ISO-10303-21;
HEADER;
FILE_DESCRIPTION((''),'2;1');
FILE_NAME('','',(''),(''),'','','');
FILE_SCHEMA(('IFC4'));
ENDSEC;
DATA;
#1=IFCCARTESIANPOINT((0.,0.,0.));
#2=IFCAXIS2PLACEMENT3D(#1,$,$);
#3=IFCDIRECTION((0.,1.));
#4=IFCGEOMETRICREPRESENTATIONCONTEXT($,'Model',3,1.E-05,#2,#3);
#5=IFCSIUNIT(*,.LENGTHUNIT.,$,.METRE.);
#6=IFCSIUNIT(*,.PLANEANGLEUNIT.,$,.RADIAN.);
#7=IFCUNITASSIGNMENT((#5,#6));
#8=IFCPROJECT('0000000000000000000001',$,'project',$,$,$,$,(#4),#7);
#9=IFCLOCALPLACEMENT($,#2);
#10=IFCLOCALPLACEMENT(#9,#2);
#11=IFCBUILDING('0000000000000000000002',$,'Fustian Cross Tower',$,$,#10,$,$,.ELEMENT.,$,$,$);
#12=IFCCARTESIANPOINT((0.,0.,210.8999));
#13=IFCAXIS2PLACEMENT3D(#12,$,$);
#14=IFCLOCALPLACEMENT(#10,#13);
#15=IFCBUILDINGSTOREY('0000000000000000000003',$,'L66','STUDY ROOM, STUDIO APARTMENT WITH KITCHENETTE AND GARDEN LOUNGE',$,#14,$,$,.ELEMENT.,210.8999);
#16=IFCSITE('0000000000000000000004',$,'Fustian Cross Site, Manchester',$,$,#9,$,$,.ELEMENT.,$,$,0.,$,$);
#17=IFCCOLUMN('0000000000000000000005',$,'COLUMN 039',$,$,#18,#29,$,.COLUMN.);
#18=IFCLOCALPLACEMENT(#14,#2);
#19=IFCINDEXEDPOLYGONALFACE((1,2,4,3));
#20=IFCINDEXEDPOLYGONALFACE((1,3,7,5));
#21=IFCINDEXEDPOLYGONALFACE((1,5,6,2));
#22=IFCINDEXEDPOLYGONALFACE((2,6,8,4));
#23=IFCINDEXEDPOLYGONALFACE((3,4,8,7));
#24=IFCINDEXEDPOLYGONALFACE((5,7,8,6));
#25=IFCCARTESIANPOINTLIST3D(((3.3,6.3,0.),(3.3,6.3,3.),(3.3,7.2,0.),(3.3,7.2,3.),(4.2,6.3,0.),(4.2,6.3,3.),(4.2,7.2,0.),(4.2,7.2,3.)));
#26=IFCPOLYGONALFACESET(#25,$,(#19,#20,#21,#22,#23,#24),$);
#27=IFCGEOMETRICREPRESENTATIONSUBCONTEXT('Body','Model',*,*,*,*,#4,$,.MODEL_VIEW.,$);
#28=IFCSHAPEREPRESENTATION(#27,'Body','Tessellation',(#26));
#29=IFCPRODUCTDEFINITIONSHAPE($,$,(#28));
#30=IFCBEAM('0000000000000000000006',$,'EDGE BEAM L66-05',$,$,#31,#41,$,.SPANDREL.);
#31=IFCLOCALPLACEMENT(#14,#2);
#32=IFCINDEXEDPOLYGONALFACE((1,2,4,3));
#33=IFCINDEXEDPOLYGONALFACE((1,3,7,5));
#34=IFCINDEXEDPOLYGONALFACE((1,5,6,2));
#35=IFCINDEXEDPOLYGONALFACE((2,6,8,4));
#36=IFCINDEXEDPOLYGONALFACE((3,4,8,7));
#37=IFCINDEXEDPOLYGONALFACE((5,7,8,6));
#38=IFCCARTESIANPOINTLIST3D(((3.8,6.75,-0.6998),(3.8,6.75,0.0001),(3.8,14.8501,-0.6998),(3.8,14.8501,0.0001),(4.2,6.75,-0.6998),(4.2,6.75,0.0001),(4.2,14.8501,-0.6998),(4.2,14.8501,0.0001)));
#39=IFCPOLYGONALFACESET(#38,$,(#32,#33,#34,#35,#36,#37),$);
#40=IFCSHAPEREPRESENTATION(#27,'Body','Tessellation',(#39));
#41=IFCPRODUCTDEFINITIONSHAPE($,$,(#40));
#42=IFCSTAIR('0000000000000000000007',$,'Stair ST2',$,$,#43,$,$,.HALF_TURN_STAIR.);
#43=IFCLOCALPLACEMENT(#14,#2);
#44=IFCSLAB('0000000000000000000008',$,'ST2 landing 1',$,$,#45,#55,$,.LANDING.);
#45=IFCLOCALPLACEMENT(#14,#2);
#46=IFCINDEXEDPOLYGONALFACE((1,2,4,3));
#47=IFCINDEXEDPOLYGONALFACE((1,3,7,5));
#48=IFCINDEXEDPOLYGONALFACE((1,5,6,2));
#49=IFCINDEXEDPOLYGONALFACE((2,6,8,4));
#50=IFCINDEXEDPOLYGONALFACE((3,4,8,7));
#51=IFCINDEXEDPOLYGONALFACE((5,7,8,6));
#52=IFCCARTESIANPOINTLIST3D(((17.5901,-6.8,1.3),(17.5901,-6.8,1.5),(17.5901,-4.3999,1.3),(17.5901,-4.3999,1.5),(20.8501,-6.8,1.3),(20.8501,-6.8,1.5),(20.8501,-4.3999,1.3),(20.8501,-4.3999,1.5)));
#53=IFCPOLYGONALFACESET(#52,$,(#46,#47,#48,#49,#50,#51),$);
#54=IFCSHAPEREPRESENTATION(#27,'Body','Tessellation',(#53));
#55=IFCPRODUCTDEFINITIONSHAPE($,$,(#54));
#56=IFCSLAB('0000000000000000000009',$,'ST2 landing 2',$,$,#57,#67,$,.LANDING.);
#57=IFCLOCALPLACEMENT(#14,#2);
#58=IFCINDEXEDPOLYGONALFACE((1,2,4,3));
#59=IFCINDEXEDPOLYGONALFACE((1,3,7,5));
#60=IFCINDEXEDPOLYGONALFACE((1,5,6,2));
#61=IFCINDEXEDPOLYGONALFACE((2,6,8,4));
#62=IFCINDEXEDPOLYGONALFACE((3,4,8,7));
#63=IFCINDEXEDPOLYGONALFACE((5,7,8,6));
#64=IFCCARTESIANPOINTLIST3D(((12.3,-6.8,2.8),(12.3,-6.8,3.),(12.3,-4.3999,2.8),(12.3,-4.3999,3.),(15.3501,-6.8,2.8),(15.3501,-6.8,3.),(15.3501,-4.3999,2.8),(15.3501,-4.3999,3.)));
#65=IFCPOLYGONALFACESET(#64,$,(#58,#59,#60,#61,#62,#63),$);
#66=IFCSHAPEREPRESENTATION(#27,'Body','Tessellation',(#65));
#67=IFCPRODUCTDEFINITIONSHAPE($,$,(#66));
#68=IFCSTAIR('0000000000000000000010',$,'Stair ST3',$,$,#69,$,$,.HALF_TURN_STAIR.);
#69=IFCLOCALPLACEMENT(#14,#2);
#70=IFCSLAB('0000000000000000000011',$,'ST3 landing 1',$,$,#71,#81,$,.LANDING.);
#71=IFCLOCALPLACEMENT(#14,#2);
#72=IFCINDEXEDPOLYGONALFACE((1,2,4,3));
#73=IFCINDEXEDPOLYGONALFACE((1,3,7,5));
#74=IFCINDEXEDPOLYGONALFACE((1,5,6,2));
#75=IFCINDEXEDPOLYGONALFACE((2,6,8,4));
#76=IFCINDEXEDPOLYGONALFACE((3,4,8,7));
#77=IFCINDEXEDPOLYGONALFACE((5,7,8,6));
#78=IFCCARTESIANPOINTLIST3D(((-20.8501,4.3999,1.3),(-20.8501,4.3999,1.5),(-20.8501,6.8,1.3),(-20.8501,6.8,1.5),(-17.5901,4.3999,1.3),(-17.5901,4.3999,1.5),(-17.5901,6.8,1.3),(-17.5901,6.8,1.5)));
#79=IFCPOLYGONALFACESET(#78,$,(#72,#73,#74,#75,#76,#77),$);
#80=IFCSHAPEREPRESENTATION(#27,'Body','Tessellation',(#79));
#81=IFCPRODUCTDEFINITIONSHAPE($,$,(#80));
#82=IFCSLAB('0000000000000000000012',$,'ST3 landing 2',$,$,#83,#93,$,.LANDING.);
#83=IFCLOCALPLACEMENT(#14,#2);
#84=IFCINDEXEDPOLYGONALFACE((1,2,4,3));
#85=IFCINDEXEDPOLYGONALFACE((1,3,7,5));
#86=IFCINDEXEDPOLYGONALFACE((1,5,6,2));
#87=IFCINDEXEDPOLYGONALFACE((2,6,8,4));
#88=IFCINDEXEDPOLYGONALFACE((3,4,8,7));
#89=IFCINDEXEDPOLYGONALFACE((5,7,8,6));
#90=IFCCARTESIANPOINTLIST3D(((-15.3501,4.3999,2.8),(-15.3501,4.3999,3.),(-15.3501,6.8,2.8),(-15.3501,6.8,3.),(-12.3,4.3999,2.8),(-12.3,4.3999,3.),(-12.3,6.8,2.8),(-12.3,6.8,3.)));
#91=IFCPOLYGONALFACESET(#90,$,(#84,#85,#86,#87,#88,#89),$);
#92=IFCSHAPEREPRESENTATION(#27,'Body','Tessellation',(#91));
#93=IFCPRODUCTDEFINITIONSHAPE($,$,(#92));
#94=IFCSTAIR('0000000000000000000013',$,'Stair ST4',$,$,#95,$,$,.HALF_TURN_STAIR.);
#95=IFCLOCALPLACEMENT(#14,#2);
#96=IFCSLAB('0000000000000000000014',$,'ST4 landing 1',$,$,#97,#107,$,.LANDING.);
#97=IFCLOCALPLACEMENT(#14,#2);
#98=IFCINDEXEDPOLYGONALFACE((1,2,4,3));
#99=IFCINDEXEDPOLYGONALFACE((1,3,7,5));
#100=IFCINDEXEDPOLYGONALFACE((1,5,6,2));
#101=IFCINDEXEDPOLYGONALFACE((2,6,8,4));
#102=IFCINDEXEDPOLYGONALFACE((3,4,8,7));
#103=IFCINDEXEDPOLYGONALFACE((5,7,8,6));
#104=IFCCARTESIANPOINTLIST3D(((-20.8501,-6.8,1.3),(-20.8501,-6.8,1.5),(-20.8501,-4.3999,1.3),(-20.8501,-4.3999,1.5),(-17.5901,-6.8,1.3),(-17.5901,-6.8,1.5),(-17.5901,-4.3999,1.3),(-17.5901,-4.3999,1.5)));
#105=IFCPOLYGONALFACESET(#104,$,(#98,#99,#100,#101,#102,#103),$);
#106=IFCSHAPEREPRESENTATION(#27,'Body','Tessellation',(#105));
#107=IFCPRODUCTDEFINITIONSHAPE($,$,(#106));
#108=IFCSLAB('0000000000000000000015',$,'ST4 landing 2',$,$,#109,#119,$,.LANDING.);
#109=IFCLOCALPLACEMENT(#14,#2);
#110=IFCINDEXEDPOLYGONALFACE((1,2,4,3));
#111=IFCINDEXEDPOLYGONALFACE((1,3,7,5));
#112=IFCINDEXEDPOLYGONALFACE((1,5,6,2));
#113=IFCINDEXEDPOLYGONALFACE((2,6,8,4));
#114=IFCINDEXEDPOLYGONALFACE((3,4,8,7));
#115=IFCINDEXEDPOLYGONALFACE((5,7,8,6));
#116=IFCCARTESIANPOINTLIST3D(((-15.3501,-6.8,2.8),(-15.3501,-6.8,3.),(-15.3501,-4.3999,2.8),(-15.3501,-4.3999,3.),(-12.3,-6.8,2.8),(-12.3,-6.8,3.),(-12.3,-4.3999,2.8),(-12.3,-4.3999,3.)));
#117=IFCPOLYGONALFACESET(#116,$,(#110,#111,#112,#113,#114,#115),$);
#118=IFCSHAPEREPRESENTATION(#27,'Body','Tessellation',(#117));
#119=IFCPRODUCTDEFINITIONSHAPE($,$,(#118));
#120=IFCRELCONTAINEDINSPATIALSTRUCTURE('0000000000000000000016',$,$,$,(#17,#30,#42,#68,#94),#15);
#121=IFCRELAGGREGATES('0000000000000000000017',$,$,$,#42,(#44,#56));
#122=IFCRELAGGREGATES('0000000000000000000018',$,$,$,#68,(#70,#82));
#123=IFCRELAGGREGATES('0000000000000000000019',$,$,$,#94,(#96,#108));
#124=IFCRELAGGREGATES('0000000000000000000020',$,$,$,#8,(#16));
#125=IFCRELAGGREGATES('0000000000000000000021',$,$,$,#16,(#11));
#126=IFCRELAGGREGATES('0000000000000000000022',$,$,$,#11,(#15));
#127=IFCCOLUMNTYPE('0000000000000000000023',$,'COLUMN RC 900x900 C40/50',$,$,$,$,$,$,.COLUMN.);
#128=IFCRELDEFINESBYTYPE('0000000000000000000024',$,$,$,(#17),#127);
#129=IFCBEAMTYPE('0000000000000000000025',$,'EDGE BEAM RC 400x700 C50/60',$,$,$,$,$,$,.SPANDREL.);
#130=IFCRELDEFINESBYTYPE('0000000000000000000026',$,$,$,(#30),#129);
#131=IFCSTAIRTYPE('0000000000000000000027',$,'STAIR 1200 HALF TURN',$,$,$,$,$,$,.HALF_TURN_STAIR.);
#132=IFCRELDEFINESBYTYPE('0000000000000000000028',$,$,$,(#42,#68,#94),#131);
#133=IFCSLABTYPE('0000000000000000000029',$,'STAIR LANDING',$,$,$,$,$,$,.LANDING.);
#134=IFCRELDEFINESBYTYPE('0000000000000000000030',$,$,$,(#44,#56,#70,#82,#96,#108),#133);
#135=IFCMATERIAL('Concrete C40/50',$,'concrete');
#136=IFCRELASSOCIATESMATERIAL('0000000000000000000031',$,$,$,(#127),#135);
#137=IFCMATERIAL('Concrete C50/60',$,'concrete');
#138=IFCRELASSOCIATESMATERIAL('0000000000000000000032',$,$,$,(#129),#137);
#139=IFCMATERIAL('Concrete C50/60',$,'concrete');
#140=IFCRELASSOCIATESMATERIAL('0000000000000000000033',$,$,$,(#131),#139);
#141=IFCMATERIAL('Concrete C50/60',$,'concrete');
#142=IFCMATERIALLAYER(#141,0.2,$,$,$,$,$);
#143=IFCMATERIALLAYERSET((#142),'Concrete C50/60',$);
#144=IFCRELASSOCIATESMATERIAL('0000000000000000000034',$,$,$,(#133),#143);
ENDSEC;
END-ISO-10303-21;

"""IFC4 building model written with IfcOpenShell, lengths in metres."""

from ifc_helpers import new_model, si_unit, direction, frame, origin, origin_2d, place, context, subcontext, project, spatial, polyline, rectangle, outline, extrude, material, layer, layer_set, material_profile, profile_set, type_object, element, aggregate, save


model = new_model("IFC4")

# Units and contexts
model_context = context("Model", 3, precision=1e-05, world=origin(), true_north=direction((0.0, 1.0)))
body_context = subcontext(model_context, "Body", "Model", "MODEL_VIEW")
ifc_project = project(units=[si_unit("LENGTHUNIT", "METRE"), si_unit("PLANEANGLEUNIT", "RADIAN")], contexts=[model_context])

# Site, building, storey
site_placement = place(None, origin())
site = spatial("IfcSite", under=ifc_project, at=site_placement, Name="Fustian Cross Site, Manchester", CompositionType="ELEMENT", RefElevation=0.0)
building_placement = place(site_placement, origin())
building = spatial("IfcBuilding", under=site, at=building_placement, Name="Fustian Cross Tower", CompositionType="ELEMENT")
storey_placement = place(building_placement, frame((0.0, 0.0, 210.8999)))
storey = spatial("IfcBuildingStorey", under=building, at=storey_placement, Name="L66", Description="STUDY ROOM, STUDIO APARTMENT WITH KITCHENETTE AND GARDEN LOUNGE", CompositionType="ELEMENT", Elevation=210.8999)

# Column
ifc_material_1 = material(Name="Concrete C40/50", Category="concrete")
ifc_material_profile_1 = material_profile(ifc_material_1, rectangle(XDim=0.8999, YDim=0.8999, at=origin_2d()), Name="RC 900x900")
ifc_profile_set_1 = profile_set([ifc_material_profile_1], Name="Concrete C40/50")
column_type = type_object("IfcColumnType", Name="COLUMN RC 900x900 C40/50", PredefinedType="COLUMN", material=ifc_profile_set_1)
column_placement = place(storey_placement, frame((3.75, 6.75, 0.0), z_axis=(0.0, 0.0, 1.0), x_axis=(1.0, 0.0, 0.0)))
element("IfcColumn", 1, at=column_placement, inside=storey, type_object=column_type, Name="COLUMN 039", PredefinedType="COLUMN", context=body_context, shape_type="SweptSolid", body=[
    extrude(rectangle(XDim=0.8999, YDim=0.8999, at=origin_2d()), origin(), (0.0, 0.0, 1.0), 3.0),
])

# Beam
ifc_material_2 = material(Name="Concrete C50/60", Category="concrete")
ifc_material_profile_2 = material_profile(ifc_material_2, rectangle(XDim=0.3999, YDim=0.7, at=origin_2d()), Name="RC 400x700")
ifc_profile_set_2 = profile_set([ifc_material_profile_2], Name="Concrete C50/60")
beam_type = type_object("IfcBeamType", Name="EDGE BEAM RC 400x700 C50/60", PredefinedType="SPANDREL", material=ifc_profile_set_2)
beam_placement = place(storey_placement, frame((4.0, 6.75, -0.3499), z_axis=(0.0, 1.0, 0.0), x_axis=(-1.0, 0.0, 0.0)))
element("IfcBeam", 2, at=beam_placement, inside=storey, type_object=beam_type, Name="EDGE BEAM L66-05", PredefinedType="SPANDREL", context=body_context, shape_type="SweptSolid", body=[
    extrude(rectangle(XDim=0.3999, YDim=0.7, at=origin_2d()), origin(), (0.0, 0.0, 1.0), 8.1001),
])

# Stairs, slabs
ifc_material_3 = material(Name="Concrete C50/60", Category="concrete")
stair_type = type_object("IfcStairType", Name="STAIR 1200 HALF TURN", PredefinedType="HALF_TURN_STAIR", material=ifc_material_3)
stair_1_placement = place(storey_placement, origin())
stair_1 = element("IfcStair", 3, at=stair_1_placement, inside=storey, type_object=stair_type, Name="Stair ST2", PredefinedType="HALF_TURN_STAIR")
ifc_material_4 = material(Name="Concrete C50/60", Category="concrete")
ifc_layer_1 = layer(ifc_material_4, 0.2)
ifc_layer_set_1 = layer_set([ifc_layer_1], Name="Concrete C50/60")
slab_type = type_object("IfcSlabType", Name="STAIR LANDING", PredefinedType="LANDING", material=ifc_layer_set_1)
slab_1_placement = place(storey_placement, frame((0.0, 0.0, 1.3)))
slab_1 = element("IfcSlab", 4, at=slab_1_placement, type_object=slab_type, Name="ST2 landing 1", PredefinedType="LANDING", context=body_context, shape_type="SweptSolid", body=[
    extrude(outline(polyline([(17.5901, -4.3999), (20.8501, -4.3999), (20.8501, -6.8), (17.5901, -6.8), (17.5901, -4.3999)])), origin(), (0.0, 0.0, 1.0), 0.2),
])
slab_2_placement = place(storey_placement, frame((0.0, 0.0, 2.8)))
slab_2 = element("IfcSlab", 5, at=slab_2_placement, type_object=slab_type, Name="ST2 landing 2", PredefinedType="LANDING", context=body_context, shape_type="SweptSolid", body=[
    extrude(outline(polyline([(12.3, -4.3999), (15.3501, -4.3999), (15.3501, -6.8), (12.3, -6.8), (12.3, -4.3999)])), origin(), (0.0, 0.0, 1.0), 0.2),
])
aggregate(stair_1, [slab_1, slab_2])
stair_2_placement = place(storey_placement, origin())
stair_2 = element("IfcStair", 6, at=stair_2_placement, inside=storey, type_object=stair_type, Name="Stair ST3", PredefinedType="HALF_TURN_STAIR")
slab_3_placement = place(storey_placement, frame((0.0, 0.0, 1.3)))
slab_3 = element("IfcSlab", 7, at=slab_3_placement, type_object=slab_type, Name="ST3 landing 1", PredefinedType="LANDING", context=body_context, shape_type="SweptSolid", body=[
    extrude(outline(polyline([(-17.5901, 4.3999), (-20.8501, 4.3999), (-20.8501, 6.8), (-17.5901, 6.8), (-17.5901, 4.3999)])), origin(), (0.0, 0.0, 1.0), 0.2),
])
slab_4_placement = place(storey_placement, frame((0.0, 0.0, 2.8)))
slab_4 = element("IfcSlab", 8, at=slab_4_placement, type_object=slab_type, Name="ST3 landing 2", PredefinedType="LANDING", context=body_context, shape_type="SweptSolid", body=[
    extrude(outline(polyline([(-12.3, 4.3999), (-15.3501, 4.3999), (-15.3501, 6.8), (-12.3, 6.8), (-12.3, 4.3999)])), origin(), (0.0, 0.0, 1.0), 0.2),
])
aggregate(stair_2, [slab_3, slab_4])
stair_3_placement = place(storey_placement, origin())
stair_3 = element("IfcStair", 9, at=stair_3_placement, inside=storey, type_object=stair_type, Name="Stair ST4", PredefinedType="HALF_TURN_STAIR")
slab_5_placement = place(storey_placement, frame((0.0, 0.0, 1.3)))
slab_5 = element("IfcSlab", 10, at=slab_5_placement, type_object=slab_type, Name="ST4 landing 1", PredefinedType="LANDING", context=body_context, shape_type="SweptSolid", body=[
    extrude(outline(polyline([(-17.5901, -4.3999), (-20.8501, -4.3999), (-20.8501, -6.8), (-17.5901, -6.8), (-17.5901, -4.3999)])), origin(), (0.0, 0.0, 1.0), 0.2),
])
slab_6_placement = place(storey_placement, frame((0.0, 0.0, 2.8)))
slab_6 = element("IfcSlab", 11, at=slab_6_placement, type_object=slab_type, Name="ST4 landing 2", PredefinedType="LANDING", context=body_context, shape_type="SweptSolid", body=[
    extrude(outline(polyline([(-12.3, -4.3999), (-15.3501, -4.3999), (-15.3501, -6.8), (-12.3, -6.8), (-12.3, -4.3999)])), origin(), (0.0, 0.0, 1.0), 0.2),
])
aggregate(stair_3, [slab_5, slab_6])

save(model, "model.ifc")
